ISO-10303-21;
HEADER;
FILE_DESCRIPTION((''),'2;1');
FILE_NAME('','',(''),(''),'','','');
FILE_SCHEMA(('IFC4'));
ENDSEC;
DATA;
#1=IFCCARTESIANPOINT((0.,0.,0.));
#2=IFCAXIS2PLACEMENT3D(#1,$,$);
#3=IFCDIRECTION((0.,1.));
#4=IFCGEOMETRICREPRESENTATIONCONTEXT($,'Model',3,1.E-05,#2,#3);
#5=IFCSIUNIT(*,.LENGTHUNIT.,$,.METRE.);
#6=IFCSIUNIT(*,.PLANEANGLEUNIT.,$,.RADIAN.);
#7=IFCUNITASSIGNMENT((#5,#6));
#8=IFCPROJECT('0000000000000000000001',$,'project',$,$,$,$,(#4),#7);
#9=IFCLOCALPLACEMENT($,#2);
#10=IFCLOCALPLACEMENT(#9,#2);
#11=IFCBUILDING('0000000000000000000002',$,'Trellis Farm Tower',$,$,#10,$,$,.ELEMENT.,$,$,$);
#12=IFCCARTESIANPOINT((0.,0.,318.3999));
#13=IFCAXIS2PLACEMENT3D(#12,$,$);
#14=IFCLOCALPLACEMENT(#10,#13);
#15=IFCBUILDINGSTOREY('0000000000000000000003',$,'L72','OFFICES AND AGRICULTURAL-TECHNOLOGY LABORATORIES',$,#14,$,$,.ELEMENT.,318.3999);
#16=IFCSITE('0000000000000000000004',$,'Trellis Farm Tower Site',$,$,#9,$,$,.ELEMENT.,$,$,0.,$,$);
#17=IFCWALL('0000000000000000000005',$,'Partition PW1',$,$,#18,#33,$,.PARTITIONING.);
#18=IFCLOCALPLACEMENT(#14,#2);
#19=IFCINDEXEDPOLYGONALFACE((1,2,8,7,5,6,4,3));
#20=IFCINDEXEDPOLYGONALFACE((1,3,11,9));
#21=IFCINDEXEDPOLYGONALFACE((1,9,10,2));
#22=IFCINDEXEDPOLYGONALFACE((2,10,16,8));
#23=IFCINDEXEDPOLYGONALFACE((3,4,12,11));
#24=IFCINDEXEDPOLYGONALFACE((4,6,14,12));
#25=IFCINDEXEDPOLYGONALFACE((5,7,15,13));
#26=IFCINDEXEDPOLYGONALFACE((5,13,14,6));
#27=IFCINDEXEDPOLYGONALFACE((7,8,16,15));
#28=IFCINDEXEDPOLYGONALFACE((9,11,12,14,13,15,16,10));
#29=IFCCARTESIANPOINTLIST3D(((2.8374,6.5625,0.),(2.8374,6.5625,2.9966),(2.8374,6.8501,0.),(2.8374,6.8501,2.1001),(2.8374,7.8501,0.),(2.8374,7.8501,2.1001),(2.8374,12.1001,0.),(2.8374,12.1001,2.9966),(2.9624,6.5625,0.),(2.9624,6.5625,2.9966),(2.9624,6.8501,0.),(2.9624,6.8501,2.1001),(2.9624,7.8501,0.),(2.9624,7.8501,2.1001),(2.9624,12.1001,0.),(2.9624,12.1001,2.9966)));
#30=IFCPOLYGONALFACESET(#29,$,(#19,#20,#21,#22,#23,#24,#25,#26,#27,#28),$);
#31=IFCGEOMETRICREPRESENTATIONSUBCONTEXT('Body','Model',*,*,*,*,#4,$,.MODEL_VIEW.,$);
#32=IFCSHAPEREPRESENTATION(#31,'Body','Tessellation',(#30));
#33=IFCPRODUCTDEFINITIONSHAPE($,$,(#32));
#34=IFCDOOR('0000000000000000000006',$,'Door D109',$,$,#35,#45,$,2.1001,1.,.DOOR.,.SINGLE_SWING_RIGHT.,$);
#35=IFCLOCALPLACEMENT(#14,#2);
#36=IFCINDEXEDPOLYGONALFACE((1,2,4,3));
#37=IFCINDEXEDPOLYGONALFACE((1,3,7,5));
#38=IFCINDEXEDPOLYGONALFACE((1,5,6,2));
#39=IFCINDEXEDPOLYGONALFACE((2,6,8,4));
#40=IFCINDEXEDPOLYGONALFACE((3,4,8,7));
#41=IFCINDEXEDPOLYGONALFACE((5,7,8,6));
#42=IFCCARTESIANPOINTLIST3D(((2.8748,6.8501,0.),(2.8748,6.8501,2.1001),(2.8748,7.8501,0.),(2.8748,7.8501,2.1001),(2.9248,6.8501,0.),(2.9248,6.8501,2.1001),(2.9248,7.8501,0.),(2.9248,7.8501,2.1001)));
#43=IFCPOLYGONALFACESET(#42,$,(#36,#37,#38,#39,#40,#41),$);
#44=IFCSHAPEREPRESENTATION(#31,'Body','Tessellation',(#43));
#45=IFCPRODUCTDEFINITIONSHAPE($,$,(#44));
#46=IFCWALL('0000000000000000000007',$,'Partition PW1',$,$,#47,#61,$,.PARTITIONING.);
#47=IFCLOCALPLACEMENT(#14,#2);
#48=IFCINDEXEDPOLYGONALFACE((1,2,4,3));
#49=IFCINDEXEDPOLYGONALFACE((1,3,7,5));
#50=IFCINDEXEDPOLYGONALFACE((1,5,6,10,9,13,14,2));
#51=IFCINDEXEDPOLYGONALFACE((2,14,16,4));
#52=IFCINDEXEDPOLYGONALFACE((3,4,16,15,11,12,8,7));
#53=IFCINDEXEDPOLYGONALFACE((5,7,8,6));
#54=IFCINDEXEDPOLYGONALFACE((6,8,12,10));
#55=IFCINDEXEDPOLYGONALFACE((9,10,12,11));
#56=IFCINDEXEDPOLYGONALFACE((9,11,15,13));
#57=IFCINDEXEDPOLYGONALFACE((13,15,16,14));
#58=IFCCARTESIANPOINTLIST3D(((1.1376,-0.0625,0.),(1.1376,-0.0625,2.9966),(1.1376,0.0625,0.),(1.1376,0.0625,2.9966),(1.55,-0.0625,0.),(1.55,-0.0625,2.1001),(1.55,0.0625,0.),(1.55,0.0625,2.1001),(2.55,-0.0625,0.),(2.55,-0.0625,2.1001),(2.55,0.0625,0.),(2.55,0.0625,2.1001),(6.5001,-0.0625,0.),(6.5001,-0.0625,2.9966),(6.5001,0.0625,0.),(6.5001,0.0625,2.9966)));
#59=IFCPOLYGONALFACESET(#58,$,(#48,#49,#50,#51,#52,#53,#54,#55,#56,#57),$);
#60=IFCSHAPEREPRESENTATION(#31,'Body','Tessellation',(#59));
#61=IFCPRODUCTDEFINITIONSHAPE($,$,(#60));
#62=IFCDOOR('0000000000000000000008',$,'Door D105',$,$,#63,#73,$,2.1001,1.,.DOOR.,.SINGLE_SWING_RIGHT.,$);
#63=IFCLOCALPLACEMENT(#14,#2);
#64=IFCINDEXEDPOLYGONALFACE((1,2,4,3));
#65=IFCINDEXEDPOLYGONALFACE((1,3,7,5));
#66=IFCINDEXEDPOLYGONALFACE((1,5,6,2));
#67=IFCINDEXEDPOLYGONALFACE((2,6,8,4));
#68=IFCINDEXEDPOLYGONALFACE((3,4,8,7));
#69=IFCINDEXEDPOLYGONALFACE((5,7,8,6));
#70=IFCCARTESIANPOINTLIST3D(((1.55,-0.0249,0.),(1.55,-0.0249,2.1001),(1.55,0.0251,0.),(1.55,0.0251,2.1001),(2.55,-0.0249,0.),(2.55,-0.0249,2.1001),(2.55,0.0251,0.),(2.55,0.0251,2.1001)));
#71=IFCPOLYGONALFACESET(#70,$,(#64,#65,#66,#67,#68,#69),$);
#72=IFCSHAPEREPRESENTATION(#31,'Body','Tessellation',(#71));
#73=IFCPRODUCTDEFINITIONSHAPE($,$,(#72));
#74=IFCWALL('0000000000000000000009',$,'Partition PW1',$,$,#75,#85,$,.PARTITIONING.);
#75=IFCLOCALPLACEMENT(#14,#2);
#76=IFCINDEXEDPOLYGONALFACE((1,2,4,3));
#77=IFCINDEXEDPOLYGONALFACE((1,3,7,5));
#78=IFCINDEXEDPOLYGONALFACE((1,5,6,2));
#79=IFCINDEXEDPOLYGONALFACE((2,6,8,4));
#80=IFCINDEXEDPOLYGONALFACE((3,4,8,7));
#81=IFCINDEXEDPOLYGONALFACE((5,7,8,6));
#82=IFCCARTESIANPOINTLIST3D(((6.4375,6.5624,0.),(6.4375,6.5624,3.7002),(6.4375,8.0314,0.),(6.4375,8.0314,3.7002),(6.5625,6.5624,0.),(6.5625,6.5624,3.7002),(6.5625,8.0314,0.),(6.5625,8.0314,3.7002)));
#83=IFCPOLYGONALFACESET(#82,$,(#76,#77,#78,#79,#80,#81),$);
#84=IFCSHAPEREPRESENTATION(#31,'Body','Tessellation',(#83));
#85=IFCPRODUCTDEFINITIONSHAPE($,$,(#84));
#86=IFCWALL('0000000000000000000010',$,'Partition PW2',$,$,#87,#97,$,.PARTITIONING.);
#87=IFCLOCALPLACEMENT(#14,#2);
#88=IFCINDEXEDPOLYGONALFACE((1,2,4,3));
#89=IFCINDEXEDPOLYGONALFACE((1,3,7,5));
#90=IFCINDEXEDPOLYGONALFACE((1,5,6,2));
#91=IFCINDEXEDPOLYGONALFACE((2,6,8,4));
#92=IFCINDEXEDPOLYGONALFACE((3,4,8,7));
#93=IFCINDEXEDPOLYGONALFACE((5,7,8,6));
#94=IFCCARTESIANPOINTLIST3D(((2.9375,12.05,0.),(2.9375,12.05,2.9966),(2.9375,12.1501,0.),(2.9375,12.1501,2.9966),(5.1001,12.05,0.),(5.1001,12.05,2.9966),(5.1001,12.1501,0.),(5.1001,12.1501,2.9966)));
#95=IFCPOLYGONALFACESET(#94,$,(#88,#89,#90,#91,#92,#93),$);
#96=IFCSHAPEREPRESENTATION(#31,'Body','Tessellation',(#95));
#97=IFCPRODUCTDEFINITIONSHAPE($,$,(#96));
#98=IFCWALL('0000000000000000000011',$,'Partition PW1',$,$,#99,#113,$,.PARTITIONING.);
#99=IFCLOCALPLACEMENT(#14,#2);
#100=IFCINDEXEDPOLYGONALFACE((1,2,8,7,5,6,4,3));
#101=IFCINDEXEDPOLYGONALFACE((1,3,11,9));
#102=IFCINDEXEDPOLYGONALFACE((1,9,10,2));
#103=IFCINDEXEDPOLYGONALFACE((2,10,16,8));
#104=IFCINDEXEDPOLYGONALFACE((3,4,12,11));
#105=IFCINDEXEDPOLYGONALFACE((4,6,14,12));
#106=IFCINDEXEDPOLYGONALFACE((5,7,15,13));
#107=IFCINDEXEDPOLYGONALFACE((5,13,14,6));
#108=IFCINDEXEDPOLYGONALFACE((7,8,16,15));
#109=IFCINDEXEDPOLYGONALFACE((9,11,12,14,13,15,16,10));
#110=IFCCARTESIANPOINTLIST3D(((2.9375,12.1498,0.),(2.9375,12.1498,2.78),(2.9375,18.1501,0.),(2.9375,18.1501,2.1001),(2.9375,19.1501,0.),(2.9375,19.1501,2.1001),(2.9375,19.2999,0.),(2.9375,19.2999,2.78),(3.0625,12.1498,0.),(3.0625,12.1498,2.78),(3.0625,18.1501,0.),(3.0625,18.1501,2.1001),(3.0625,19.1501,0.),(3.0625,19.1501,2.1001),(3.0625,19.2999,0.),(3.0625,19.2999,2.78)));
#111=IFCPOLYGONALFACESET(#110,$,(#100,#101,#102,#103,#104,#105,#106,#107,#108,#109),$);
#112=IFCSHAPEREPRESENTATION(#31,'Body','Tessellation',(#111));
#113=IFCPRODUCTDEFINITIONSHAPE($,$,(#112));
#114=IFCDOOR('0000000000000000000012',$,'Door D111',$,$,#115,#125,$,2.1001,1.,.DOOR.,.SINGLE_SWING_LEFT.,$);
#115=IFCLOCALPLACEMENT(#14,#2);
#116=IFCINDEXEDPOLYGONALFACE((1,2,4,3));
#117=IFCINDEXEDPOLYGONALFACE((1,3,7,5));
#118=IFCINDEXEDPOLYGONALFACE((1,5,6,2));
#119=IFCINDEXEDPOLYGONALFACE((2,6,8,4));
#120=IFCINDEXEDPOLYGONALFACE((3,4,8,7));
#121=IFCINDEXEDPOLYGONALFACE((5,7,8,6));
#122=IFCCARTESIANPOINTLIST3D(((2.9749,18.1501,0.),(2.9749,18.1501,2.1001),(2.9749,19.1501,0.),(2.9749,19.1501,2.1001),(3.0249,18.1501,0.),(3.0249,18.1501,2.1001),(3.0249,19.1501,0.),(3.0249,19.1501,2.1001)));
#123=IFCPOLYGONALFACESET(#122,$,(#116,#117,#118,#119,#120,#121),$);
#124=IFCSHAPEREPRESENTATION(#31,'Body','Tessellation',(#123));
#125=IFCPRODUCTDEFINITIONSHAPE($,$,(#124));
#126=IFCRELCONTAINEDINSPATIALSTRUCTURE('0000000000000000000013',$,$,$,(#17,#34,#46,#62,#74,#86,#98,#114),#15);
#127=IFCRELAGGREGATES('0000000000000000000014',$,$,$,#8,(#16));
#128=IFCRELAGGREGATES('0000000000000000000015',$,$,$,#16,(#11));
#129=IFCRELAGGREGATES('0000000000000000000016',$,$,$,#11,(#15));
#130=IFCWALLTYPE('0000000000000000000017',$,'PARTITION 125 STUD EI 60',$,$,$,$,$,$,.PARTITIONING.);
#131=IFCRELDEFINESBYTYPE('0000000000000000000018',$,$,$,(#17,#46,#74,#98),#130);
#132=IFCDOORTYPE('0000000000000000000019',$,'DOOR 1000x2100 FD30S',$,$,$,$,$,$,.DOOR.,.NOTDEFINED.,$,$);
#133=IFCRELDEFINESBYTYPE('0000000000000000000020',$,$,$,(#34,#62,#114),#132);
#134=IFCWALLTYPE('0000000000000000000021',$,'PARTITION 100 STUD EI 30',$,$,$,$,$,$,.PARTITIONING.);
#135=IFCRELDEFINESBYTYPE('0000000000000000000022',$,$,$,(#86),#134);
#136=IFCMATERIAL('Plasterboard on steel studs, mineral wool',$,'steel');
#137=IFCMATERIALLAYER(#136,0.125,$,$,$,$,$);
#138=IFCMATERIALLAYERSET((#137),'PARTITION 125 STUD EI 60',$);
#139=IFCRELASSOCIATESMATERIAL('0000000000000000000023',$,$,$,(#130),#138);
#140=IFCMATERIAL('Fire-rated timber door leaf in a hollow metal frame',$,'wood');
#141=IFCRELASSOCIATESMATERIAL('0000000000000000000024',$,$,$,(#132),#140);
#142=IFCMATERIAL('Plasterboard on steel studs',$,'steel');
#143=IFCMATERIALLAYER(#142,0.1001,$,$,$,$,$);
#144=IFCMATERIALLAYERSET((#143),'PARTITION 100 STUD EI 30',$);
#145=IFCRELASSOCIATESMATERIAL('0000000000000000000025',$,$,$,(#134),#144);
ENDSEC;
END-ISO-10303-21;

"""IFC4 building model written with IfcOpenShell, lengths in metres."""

from ifc_helpers import new_model, si_unit, direction, frame, frame_2d, origin, place, context, subcontext, project, spatial, rectangle, extrude, source, transform, mapped, material, layer, layer_set, type_object, element, fill, save


model = new_model("IFC4")

# Units and contexts
model_context = context("Model", 3, precision=1e-05, world=origin(), true_north=direction((0.0, 1.0)))
body_context = subcontext(model_context, "Body", "Model", "MODEL_VIEW")
ifc_project = project(units=[si_unit("LENGTHUNIT", "METRE"), si_unit("PLANEANGLEUNIT", "RADIAN")], contexts=[model_context])

# Site, building, storey
site_placement = place(None, origin())
site = spatial("IfcSite", under=ifc_project, at=site_placement, Name="Trellis Farm Tower Site", CompositionType="ELEMENT", RefElevation=0.0)
building_placement = place(site_placement, origin())
building = spatial("IfcBuilding", under=site, at=building_placement, Name="Trellis Farm Tower", CompositionType="ELEMENT")
storey_placement = place(building_placement, frame((0.0, 0.0, 318.3999)))
storey = spatial("IfcBuildingStorey", under=building, at=storey_placement, Name="L72", Description="OFFICES AND AGRICULTURAL-TECHNOLOGY LABORATORIES", CompositionType="ELEMENT", Elevation=318.3999)

# Walls, openings, doors
ifc_material_1 = material(Name="Plasterboard on steel studs, mineral wool", Category="steel")
ifc_layer_1 = layer(ifc_material_1, 0.125)
ifc_layer_set_1 = layer_set([ifc_layer_1], Name="PARTITION 125 STUD EI 60")
wall_type_1 = type_object("IfcWallType", Name="PARTITION 125 STUD EI 60", PredefinedType="PARTITIONING", material=ifc_layer_set_1)
shared_shape_1 = source(origin(), body_context, "Body", "SweptSolid", [
    extrude(rectangle(XDim=5.5376, YDim=0.125, at=frame_2d((2.7688, 0.0))), origin(), (0.0, 0.0, 1.0), 2.9966),
])
wall_1_placement = place(storey_placement, frame((2.8999, 12.1001, 0.0), z_axis=(0.0, 0.0, 1.0), x_axis=(0.0, -1.0, 0.0)))
wall_1 = element("IfcWall", 1, at=wall_1_placement, inside=storey, type_object=wall_type_1, Name="Partition PW1", PredefinedType="PARTITIONING", context=body_context, shape_type="MappedRepresentation", body=[
    mapped(shared_shape_1, transform((0.0, 0.0, 0.0))),
])
shared_shape_2 = source(origin(), body_context, "Body", "SweptSolid", [
    extrude(rectangle(XDim=1.0, YDim=2.1001, at=frame_2d((0.5, 1.05))), frame((0.0, 0.0725, 0.0), z_axis=(0.0, -1.0, 0.0), x_axis=(1.0, 0.0, 0.0)), (0.0, 0.0, 1.0), 0.145),
])
opening_1_placement = place(wall_1_placement, frame((4.25, 0.0, 0.0)))
opening_1 = element("IfcOpeningElement", 2, at=opening_1_placement, cuts=wall_1, PredefinedType="OPENING", context=body_context, shape_type="MappedRepresentation", body=[
    mapped(shared_shape_2, transform((0.0, 0.0, 0.0))),
])
ifc_material_2 = material(Name="Fire-rated timber door leaf in a hollow metal frame", Category="wood")
door_type_1 = type_object("IfcDoorType", Name="DOOR 1000x2100 FD30S", OperationType="NOTDEFINED", PredefinedType="DOOR", material=ifc_material_2)
shared_shape_3 = source(origin(), body_context, "Body", "SweptSolid", [
    extrude(rectangle(XDim=1.0, YDim=2.1001, at=frame_2d((0.5, 1.05))), frame((0.0, 0.0249, 0.0), z_axis=(0.0, -1.0, 0.0), x_axis=(1.0, 0.0, 0.0)), (0.0, 0.0, 1.0), 0.05),
])
door_1_placement = place(opening_1_placement, origin())
door_1 = element("IfcDoor", 3, at=door_1_placement, inside=storey, type_object=door_type_1, Name="Door D109", OperationType="SINGLE_SWING_RIGHT", OverallHeight=2.1001, OverallWidth=1.0, PredefinedType="DOOR", context=body_context, shape_type="MappedRepresentation", body=[
    mapped(shared_shape_3, transform((0.0, 0.0, 0.0))),
])
fill(opening_1, door_1)
shared_shape_4 = source(origin(), body_context, "Body", "SweptSolid", [
    extrude(rectangle(XDim=5.3625, YDim=0.125, at=frame_2d((2.6812, 0.0))), origin(), (0.0, 0.0, 1.0), 2.9966),
])
wall_2_placement = place(storey_placement, frame((6.5, 0.0, 0.0), z_axis=(0.0, 0.0, 1.0), x_axis=(-1.0, 0.0, 0.0)))
wall_2 = element("IfcWall", 4, at=wall_2_placement, inside=storey, type_object=wall_type_1, Name="Partition PW1", PredefinedType="PARTITIONING", context=body_context, shape_type="MappedRepresentation", body=[
    mapped(shared_shape_4, transform((0.0, 0.0, 0.0))),
])
opening_2_placement = place(wall_2_placement, frame((3.95, 0.0, 0.0)))
opening_2 = element("IfcOpeningElement", 5, at=opening_2_placement, cuts=wall_2, PredefinedType="OPENING", context=body_context, shape_type="MappedRepresentation", body=[
    mapped(shared_shape_2, transform((0.0, 0.0, 0.0))),
])
door_2_placement = place(opening_2_placement, origin())
door_2 = element("IfcDoor", 6, at=door_2_placement, inside=storey, type_object=door_type_1, Name="Door D105", OperationType="SINGLE_SWING_RIGHT", OverallHeight=2.1001, OverallWidth=1.0, PredefinedType="DOOR", context=body_context, shape_type="MappedRepresentation", body=[
    mapped(shared_shape_3, transform((0.0, 0.0, 0.0))),
])
fill(opening_2, door_2)

# Walls
shared_shape_5 = source(origin(), body_context, "Body", "SweptSolid", [
    extrude(rectangle(XDim=1.469, YDim=0.125, at=frame_2d((0.7344, 0.0))), origin(), (0.0, 0.0, 1.0), 3.7002),
])
wall_3_placement = place(storey_placement, frame((6.5, 6.5625, 0.0), z_axis=(0.0, 0.0, 1.0), x_axis=(0.0, 1.0, 0.0)))
element("IfcWall", 7, at=wall_3_placement, inside=storey, type_object=wall_type_1, Name="Partition PW1", PredefinedType="PARTITIONING", context=body_context, shape_type="MappedRepresentation", body=[
    mapped(shared_shape_5, transform((0.0, 0.0, 0.0))),
])
ifc_material_3 = material(Name="Plasterboard on steel studs", Category="steel")
ifc_layer_2 = layer(ifc_material_3, 0.1001)
ifc_layer_set_2 = layer_set([ifc_layer_2], Name="PARTITION 100 STUD EI 30")
wall_type_2 = type_object("IfcWallType", Name="PARTITION 100 STUD EI 30", PredefinedType="PARTITIONING", material=ifc_layer_set_2)
shared_shape_6 = source(origin(), body_context, "Body", "SweptSolid", [
    extrude(rectangle(XDim=2.1626, YDim=0.1001, at=frame_2d((1.0813, 0.0))), origin(), (0.0, 0.0, 1.0), 2.9966),
])
wall_4_placement = place(storey_placement, frame((2.9375, 12.1001, 0.0), z_axis=(0.0, 0.0, 1.0), x_axis=(1.0, 0.0, 0.0)))
element("IfcWall", 8, at=wall_4_placement, inside=storey, type_object=wall_type_2, Name="Partition PW2", PredefinedType="PARTITIONING", context=body_context, shape_type="MappedRepresentation", body=[
    mapped(shared_shape_6, transform((0.0, 0.0, 0.0))),
])

# Wall, opening, door
shared_shape_7 = source(origin(), body_context, "Body", "SweptSolid", [
    extrude(rectangle(XDim=7.1501, YDim=0.125, at=frame_2d((3.5752, 0.0))), origin(), (0.0, 0.0, 1.0), 2.78),
])
wall_5_placement = place(storey_placement, frame((3.0, 19.3, 0.0), z_axis=(0.0, 0.0, 1.0), x_axis=(0.0, -1.0, 0.0)))
wall_5 = element("IfcWall", 9, at=wall_5_placement, inside=storey, type_object=wall_type_1, Name="Partition PW1", PredefinedType="PARTITIONING", context=body_context, shape_type="MappedRepresentation", body=[
    mapped(shared_shape_7, transform((0.0, 0.0, 0.0))),
])
opening_3_placement = place(wall_5_placement, frame((0.1499, 0.0, 0.0)))
opening_3 = element("IfcOpeningElement", 10, at=opening_3_placement, cuts=wall_5, PredefinedType="OPENING", context=body_context, shape_type="MappedRepresentation", body=[
    mapped(shared_shape_2, transform((0.0, 0.0, 0.0))),
])
door_3_placement = place(opening_3_placement, origin())
door_3 = element("IfcDoor", 11, at=door_3_placement, inside=storey, type_object=door_type_1, Name="Door D111", OperationType="SINGLE_SWING_LEFT", OverallHeight=2.1001, OverallWidth=1.0, PredefinedType="DOOR", context=body_context, shape_type="MappedRepresentation", body=[
    mapped(shared_shape_3, transform((0.0, 0.0, 0.0))),
])
fill(opening_3, door_3)

save(model, "model.ifc")
